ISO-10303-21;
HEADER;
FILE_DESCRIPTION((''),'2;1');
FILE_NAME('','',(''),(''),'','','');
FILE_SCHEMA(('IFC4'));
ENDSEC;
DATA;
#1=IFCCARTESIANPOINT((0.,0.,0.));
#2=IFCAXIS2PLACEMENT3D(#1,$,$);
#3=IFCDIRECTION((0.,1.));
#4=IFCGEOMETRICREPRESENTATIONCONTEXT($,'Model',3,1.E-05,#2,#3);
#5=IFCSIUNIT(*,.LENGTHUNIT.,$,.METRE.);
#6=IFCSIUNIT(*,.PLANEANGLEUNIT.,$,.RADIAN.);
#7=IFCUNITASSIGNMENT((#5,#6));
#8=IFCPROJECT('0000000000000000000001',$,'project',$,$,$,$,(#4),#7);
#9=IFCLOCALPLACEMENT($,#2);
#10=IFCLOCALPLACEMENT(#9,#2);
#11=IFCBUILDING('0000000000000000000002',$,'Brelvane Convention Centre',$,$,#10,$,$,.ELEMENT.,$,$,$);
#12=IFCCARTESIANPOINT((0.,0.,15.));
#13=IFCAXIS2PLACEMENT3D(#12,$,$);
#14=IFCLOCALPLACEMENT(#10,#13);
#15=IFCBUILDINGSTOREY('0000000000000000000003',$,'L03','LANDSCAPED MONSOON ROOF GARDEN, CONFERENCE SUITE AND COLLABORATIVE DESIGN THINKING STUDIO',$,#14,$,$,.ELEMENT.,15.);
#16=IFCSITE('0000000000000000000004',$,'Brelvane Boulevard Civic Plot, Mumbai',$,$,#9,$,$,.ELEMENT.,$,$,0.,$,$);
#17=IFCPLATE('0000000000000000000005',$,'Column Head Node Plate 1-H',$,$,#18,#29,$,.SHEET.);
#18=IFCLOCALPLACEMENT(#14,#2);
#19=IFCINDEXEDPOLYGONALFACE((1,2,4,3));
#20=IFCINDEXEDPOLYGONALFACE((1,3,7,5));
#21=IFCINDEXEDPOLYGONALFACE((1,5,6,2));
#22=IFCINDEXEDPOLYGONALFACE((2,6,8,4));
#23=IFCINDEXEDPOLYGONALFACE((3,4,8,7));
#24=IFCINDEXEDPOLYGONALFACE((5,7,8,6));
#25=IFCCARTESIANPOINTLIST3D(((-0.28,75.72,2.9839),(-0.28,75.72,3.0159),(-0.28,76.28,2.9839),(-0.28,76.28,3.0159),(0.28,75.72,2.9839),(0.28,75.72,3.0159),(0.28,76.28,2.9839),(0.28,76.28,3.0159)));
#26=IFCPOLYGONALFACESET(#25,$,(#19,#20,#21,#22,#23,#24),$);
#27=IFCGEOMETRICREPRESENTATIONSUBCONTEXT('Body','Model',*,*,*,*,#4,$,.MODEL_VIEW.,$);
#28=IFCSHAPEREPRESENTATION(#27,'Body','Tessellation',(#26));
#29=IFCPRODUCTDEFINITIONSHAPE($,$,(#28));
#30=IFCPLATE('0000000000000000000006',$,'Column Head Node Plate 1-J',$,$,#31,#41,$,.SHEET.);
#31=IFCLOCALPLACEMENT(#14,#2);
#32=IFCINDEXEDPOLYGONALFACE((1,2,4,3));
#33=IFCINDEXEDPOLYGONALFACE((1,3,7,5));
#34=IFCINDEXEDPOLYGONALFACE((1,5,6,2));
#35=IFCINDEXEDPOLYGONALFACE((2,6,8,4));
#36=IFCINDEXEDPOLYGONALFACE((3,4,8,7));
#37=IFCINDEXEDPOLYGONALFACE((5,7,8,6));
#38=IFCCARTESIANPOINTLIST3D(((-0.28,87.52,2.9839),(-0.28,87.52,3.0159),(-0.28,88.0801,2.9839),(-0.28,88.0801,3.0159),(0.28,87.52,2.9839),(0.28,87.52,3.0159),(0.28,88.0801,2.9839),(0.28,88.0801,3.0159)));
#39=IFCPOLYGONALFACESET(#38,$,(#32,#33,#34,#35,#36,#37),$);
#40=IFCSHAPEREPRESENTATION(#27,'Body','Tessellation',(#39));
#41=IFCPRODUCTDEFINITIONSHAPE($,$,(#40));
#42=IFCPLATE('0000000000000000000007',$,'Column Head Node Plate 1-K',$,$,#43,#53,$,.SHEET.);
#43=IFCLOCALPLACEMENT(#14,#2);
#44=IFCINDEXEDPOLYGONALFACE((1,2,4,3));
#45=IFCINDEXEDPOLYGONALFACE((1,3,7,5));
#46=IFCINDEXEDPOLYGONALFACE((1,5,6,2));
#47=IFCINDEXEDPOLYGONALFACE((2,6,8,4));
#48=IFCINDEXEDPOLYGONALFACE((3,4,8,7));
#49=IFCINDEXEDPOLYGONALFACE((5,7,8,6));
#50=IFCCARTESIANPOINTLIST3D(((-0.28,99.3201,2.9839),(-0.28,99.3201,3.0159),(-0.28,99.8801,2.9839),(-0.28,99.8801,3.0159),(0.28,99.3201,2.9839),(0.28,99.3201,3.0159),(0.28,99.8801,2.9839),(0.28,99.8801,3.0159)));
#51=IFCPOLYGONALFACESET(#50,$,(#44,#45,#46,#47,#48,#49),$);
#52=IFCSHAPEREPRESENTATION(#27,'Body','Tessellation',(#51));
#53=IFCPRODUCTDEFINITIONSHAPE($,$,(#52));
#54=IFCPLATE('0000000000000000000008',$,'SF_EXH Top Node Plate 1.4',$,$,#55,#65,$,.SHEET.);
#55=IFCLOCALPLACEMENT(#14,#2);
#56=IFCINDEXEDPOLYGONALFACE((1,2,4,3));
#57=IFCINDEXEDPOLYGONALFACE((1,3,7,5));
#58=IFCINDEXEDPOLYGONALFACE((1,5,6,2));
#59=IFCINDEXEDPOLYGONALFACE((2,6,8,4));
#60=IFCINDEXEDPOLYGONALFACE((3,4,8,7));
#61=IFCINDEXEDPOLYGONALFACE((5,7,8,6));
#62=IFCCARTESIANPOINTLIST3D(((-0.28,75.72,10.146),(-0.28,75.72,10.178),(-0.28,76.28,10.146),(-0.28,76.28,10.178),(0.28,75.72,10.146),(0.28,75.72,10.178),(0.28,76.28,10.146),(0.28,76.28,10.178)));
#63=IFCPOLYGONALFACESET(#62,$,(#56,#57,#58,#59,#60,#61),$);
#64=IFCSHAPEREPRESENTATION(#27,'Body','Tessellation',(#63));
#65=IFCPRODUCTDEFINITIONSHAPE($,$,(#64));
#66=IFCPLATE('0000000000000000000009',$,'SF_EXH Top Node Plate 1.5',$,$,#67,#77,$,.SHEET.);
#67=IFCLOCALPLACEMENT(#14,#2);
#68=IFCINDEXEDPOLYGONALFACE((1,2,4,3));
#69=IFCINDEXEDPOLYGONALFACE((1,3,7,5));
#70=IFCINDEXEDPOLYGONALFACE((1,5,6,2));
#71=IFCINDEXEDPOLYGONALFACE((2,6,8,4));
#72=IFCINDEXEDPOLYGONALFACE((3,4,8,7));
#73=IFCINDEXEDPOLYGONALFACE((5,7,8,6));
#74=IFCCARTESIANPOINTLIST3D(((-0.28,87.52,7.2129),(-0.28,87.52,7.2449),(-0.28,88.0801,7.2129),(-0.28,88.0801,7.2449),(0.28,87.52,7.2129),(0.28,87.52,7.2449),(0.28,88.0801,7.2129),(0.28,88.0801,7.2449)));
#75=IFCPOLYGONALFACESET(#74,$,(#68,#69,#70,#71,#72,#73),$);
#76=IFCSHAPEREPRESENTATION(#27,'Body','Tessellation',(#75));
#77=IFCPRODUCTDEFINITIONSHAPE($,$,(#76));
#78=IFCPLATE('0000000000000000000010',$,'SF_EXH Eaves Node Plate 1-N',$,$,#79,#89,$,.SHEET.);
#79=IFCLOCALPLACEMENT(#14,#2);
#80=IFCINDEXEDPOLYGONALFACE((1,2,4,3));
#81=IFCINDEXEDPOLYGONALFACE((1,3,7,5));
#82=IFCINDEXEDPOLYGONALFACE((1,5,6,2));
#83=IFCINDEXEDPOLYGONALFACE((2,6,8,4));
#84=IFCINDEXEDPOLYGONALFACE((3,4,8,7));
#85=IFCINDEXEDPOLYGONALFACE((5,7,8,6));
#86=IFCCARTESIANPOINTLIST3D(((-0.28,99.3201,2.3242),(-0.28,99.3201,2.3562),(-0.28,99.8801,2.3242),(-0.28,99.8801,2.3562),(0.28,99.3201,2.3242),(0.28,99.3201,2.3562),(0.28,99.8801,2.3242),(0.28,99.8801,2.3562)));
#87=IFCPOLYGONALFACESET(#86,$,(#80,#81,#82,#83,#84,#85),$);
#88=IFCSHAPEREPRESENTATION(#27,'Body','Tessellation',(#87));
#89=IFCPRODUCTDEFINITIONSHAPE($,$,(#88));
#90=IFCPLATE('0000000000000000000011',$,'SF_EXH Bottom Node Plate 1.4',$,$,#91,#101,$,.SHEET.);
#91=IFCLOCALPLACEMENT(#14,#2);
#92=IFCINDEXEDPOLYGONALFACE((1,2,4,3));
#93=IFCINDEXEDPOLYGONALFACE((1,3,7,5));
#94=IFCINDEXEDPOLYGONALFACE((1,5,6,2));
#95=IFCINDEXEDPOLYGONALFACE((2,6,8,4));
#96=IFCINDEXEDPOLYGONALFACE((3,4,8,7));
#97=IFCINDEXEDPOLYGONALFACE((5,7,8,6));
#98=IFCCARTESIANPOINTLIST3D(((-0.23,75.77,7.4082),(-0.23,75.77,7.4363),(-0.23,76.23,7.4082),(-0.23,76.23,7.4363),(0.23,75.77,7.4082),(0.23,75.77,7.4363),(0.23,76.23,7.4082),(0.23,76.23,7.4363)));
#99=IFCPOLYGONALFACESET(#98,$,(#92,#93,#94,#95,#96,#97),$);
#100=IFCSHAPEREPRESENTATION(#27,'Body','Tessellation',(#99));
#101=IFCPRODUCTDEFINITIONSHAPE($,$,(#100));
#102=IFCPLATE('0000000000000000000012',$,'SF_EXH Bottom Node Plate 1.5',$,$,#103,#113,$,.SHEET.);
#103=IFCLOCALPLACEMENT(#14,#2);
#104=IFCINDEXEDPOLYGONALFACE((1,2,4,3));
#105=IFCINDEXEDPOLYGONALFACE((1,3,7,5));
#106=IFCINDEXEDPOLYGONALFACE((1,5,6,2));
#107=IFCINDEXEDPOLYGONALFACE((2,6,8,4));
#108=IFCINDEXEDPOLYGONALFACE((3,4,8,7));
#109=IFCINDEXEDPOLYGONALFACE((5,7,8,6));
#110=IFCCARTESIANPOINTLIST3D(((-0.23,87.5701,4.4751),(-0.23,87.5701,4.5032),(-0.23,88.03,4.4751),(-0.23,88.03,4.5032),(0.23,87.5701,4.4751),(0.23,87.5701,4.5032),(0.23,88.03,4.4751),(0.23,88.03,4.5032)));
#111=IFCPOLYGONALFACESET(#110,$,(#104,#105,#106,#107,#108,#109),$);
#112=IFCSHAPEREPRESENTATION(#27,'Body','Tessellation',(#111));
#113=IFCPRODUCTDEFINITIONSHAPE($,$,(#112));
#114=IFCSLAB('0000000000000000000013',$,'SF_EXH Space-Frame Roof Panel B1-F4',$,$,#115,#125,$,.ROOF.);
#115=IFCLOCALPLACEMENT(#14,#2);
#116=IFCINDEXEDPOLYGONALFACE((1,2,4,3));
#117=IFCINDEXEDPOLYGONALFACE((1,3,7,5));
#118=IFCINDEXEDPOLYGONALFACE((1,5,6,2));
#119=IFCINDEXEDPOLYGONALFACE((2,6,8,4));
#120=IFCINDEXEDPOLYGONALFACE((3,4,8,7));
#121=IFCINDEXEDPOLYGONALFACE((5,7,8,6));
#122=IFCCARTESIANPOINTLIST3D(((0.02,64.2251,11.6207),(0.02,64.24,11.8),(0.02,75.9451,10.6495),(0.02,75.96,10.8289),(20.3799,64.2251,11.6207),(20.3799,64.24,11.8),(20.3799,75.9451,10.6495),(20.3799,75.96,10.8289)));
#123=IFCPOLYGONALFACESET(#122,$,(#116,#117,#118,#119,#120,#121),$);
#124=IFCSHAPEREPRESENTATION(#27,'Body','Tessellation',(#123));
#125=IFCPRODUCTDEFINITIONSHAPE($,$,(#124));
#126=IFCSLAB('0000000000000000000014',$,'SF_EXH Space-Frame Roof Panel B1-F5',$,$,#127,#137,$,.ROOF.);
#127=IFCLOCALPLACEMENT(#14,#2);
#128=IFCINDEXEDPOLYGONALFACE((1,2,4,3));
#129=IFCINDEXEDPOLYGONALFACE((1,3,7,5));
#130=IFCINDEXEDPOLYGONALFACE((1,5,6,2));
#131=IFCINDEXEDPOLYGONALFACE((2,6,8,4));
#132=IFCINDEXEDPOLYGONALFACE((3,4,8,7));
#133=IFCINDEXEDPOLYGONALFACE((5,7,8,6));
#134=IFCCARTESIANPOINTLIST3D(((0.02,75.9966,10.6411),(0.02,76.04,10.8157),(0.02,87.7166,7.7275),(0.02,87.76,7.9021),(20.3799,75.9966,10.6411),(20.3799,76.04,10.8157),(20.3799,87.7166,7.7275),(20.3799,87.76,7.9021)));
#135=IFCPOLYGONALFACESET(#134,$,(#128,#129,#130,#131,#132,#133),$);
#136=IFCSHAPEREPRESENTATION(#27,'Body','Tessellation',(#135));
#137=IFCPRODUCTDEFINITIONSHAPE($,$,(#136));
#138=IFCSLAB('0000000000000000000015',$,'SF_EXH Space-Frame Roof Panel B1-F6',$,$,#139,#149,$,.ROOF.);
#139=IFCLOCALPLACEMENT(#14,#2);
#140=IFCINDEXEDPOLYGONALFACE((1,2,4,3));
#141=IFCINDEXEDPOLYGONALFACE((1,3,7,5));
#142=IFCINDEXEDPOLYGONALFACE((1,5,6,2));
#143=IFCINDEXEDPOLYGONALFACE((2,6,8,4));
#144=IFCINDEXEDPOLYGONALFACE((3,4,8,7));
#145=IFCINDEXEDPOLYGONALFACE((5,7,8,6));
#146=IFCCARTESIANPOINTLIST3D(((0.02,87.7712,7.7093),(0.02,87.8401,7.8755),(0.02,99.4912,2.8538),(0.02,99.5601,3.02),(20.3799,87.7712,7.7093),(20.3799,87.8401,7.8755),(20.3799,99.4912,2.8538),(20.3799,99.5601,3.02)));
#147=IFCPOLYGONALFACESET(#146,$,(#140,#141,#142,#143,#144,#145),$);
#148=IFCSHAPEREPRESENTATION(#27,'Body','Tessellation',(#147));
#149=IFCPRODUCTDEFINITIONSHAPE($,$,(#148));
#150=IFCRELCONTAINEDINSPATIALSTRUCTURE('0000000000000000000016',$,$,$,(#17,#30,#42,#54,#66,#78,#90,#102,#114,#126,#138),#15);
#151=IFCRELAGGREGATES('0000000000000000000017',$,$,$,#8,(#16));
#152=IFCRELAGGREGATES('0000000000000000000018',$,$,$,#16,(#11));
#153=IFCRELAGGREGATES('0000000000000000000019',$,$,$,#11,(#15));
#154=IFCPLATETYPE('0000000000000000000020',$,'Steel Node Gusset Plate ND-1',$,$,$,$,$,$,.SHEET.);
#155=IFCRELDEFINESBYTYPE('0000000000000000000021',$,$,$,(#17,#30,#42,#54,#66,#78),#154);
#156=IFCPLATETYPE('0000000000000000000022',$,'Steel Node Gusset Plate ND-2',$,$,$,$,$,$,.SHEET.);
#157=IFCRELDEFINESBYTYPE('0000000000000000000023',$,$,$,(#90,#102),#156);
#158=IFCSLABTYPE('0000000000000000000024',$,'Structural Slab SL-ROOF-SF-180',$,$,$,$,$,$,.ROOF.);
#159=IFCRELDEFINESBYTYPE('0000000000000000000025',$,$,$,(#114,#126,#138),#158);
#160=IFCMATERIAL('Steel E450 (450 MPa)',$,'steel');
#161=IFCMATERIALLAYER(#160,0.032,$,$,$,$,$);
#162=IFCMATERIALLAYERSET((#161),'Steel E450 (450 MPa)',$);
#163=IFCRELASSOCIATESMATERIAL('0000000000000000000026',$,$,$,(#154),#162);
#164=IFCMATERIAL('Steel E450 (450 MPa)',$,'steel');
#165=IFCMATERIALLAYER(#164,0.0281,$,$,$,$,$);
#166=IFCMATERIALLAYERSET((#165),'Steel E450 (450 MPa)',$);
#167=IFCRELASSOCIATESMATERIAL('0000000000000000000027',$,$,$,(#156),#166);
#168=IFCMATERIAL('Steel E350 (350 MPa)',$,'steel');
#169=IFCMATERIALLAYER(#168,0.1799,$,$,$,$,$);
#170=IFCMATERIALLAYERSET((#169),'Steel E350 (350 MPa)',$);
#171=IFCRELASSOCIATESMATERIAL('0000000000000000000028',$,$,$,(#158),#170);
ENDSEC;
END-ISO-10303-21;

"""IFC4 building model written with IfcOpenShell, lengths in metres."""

from ifc_helpers import new_model, si_unit, direction, frame, origin, origin_2d, place, context, subcontext, project, spatial, polyline, rectangle, outline, extrude, material, layer, layer_set, type_object, element, save


model = new_model("IFC4")

# Units and contexts
model_context = context("Model", 3, precision=1e-05, world=origin(), true_north=direction((0.0, 1.0)))
body_context = subcontext(model_context, "Body", "Model", "MODEL_VIEW")
ifc_project = project(units=[si_unit("LENGTHUNIT", "METRE"), si_unit("PLANEANGLEUNIT", "RADIAN")], contexts=[model_context])

# Site, building, storey
site_placement = place(None, origin())
site = spatial("IfcSite", under=ifc_project, at=site_placement, Name="Brelvane Boulevard Civic Plot, Mumbai", CompositionType="ELEMENT", RefElevation=0.0)
building_placement = place(site_placement, origin())
building = spatial("IfcBuilding", under=site, at=building_placement, Name="Brelvane Convention Centre", CompositionType="ELEMENT")
storey_placement = place(building_placement, frame((0.0, 0.0, 15.0)))
storey = spatial("IfcBuildingStorey", under=building, at=storey_placement, Name="L03", Description="LANDSCAPED MONSOON ROOF GARDEN, CONFERENCE SUITE AND COLLABORATIVE DESIGN THINKING STUDIO", CompositionType="ELEMENT", Elevation=15.0)

# Plates
ifc_material_1 = material(Name="Steel E450 (450 MPa)", Category="steel")
ifc_layer_1 = layer(ifc_material_1, 0.032)
ifc_layer_set_1 = layer_set([ifc_layer_1], Name="Steel E450 (450 MPa)")
plate_type_1 = type_object("IfcPlateType", Name="Steel Node Gusset Plate ND-1", PredefinedType="SHEET", material=ifc_layer_set_1)
for number, where, z_axis, x_axis, name in (
    (1, (0.0, 76.0, 2.9839), (0.0, 0.0, 1.0), (1.0, 0.0, 0.0), "Column Head Node Plate 1-H"),
    (2, (0.0, 87.8, 2.9839), (0.0, 0.0, 1.0), (1.0, 0.0, 0.0), "Column Head Node Plate 1-J"),
    (3, (0.0, 99.6001, 2.9839), (0.0, 0.0, 1.0), (1.0, 0.0, 0.0), "Column Head Node Plate 1-K"),
    (4, (0.0, 76.0, 10.146), (0.0, 0.0, 1.0), (1.0, 0.0, 0.0), "SF_EXH Top Node Plate 1.4"),
    (5, (0.0, 87.8, 7.2129), (0.0, 0.0, 1.0), (1.0, 0.0, 0.0), "SF_EXH Top Node Plate 1.5"),
    (6, (0.0, 99.6001, 2.3242), (0.0, 0.0, 1.0), (1.0, 0.0, 0.0), "SF_EXH Eaves Node Plate 1-N"),
):
    element("IfcPlate", number, at=place(storey_placement, frame(where, z_axis=z_axis, x_axis=x_axis)), inside=storey, type_object=plate_type_1, Name=name, PredefinedType="SHEET", context=body_context, shape_type="SweptSolid", body=[
        extrude(rectangle(XDim=0.5601, YDim=0.5601, at=origin_2d()), origin(), (0.0, 0.0, 1.0), 0.032),
    ])
ifc_material_2 = material(Name="Steel E450 (450 MPa)", Category="steel")
ifc_layer_2 = layer(ifc_material_2, 0.0281)
ifc_layer_set_2 = layer_set([ifc_layer_2], Name="Steel E450 (450 MPa)")
plate_type_2 = type_object("IfcPlateType", Name="Steel Node Gusset Plate ND-2", PredefinedType="SHEET", material=ifc_layer_set_2)
for number, where, z_axis, x_axis, name in (
    (7, (0.0, 76.0, 7.4082), (0.0, 0.0, 1.0), (1.0, 0.0, 0.0), "SF_EXH Bottom Node Plate 1.4"),
    (8, (0.0, 87.8, 4.4751), (0.0, 0.0, 1.0), (1.0, 0.0, 0.0), "SF_EXH Bottom Node Plate 1.5"),
):
    element("IfcPlate", number, at=place(storey_placement, frame(where, z_axis=z_axis, x_axis=x_axis)), inside=storey, type_object=plate_type_2, Name=name, PredefinedType="SHEET", context=body_context, shape_type="SweptSolid", body=[
        extrude(rectangle(XDim=0.46, YDim=0.46, at=origin_2d()), origin(), (0.0, 0.0, 1.0), 0.0281),
    ])

# Slabs
ifc_material_3 = material(Name="Steel E350 (350 MPa)", Category="steel")
ifc_layer_3 = layer(ifc_material_3, 0.1799)
ifc_layer_set_3 = layer_set([ifc_layer_3], Name="Steel E350 (350 MPa)")
slab_type = type_object("IfcSlabType", Name="Structural Slab SL-ROOF-SF-180", PredefinedType="ROOF", material=ifc_layer_set_3)
slab_1_placement = place(storey_placement, frame((0.02, 64.24, 11.8), z_axis=(0.0, 0.082583, 0.996584), x_axis=(1.0, 0.0, 0.0)))
element("IfcSlab", 9, at=slab_1_placement, inside=storey, type_object=slab_type, Name="SF_EXH Space-Frame Roof Panel B1-F4", PredefinedType="ROOF", context=body_context, shape_type="SweptSolid", body=[
    extrude(outline(polyline([(0.0, 0.0), (20.3599, 0.0), (20.3599, 11.7601), (0.0, 11.7601), (0.0, 0.0)])), origin(), (0.0, 0.0, -1.0), 0.1799),
])
slab_2_placement = place(storey_placement, frame((0.02, 76.04, 10.8157), z_axis=(0.0, 0.241256, 0.970462), x_axis=(1.0, 0.0, 0.0)))
element("IfcSlab", 10, at=slab_2_placement, inside=storey, type_object=slab_type, Name="SF_EXH Space-Frame Roof Panel B1-F5", PredefinedType="ROOF", context=body_context, shape_type="SweptSolid", body=[
    extrude(outline(polyline([(0.0, 0.0), (20.3599, 0.0), (20.3599, 12.0767), (0.0, 12.0767), (0.0, 0.0)])), origin(), (0.0, 0.0, -1.0), 0.1799),
])
slab_3_placement = place(storey_placement, frame((0.02, 87.8401, 7.8755), z_axis=(0.0, 0.382744, 0.923855), x_axis=(1.0, 0.0, 0.0)))
element("IfcSlab", 11, at=slab_3_placement, inside=storey, type_object=slab_type, Name="SF_EXH Space-Frame Roof Panel B1-F6", PredefinedType="ROOF", context=body_context, shape_type="SweptSolid", body=[
    extrude(outline(polyline([(0.0, 0.0), (20.3599, 0.0), (20.3599, 12.6859), (0.0, 12.6859), (0.0, 0.0)])), origin(), (0.0, 0.0, -1.0), 0.1799),
])

save(model, "model.ifc")
